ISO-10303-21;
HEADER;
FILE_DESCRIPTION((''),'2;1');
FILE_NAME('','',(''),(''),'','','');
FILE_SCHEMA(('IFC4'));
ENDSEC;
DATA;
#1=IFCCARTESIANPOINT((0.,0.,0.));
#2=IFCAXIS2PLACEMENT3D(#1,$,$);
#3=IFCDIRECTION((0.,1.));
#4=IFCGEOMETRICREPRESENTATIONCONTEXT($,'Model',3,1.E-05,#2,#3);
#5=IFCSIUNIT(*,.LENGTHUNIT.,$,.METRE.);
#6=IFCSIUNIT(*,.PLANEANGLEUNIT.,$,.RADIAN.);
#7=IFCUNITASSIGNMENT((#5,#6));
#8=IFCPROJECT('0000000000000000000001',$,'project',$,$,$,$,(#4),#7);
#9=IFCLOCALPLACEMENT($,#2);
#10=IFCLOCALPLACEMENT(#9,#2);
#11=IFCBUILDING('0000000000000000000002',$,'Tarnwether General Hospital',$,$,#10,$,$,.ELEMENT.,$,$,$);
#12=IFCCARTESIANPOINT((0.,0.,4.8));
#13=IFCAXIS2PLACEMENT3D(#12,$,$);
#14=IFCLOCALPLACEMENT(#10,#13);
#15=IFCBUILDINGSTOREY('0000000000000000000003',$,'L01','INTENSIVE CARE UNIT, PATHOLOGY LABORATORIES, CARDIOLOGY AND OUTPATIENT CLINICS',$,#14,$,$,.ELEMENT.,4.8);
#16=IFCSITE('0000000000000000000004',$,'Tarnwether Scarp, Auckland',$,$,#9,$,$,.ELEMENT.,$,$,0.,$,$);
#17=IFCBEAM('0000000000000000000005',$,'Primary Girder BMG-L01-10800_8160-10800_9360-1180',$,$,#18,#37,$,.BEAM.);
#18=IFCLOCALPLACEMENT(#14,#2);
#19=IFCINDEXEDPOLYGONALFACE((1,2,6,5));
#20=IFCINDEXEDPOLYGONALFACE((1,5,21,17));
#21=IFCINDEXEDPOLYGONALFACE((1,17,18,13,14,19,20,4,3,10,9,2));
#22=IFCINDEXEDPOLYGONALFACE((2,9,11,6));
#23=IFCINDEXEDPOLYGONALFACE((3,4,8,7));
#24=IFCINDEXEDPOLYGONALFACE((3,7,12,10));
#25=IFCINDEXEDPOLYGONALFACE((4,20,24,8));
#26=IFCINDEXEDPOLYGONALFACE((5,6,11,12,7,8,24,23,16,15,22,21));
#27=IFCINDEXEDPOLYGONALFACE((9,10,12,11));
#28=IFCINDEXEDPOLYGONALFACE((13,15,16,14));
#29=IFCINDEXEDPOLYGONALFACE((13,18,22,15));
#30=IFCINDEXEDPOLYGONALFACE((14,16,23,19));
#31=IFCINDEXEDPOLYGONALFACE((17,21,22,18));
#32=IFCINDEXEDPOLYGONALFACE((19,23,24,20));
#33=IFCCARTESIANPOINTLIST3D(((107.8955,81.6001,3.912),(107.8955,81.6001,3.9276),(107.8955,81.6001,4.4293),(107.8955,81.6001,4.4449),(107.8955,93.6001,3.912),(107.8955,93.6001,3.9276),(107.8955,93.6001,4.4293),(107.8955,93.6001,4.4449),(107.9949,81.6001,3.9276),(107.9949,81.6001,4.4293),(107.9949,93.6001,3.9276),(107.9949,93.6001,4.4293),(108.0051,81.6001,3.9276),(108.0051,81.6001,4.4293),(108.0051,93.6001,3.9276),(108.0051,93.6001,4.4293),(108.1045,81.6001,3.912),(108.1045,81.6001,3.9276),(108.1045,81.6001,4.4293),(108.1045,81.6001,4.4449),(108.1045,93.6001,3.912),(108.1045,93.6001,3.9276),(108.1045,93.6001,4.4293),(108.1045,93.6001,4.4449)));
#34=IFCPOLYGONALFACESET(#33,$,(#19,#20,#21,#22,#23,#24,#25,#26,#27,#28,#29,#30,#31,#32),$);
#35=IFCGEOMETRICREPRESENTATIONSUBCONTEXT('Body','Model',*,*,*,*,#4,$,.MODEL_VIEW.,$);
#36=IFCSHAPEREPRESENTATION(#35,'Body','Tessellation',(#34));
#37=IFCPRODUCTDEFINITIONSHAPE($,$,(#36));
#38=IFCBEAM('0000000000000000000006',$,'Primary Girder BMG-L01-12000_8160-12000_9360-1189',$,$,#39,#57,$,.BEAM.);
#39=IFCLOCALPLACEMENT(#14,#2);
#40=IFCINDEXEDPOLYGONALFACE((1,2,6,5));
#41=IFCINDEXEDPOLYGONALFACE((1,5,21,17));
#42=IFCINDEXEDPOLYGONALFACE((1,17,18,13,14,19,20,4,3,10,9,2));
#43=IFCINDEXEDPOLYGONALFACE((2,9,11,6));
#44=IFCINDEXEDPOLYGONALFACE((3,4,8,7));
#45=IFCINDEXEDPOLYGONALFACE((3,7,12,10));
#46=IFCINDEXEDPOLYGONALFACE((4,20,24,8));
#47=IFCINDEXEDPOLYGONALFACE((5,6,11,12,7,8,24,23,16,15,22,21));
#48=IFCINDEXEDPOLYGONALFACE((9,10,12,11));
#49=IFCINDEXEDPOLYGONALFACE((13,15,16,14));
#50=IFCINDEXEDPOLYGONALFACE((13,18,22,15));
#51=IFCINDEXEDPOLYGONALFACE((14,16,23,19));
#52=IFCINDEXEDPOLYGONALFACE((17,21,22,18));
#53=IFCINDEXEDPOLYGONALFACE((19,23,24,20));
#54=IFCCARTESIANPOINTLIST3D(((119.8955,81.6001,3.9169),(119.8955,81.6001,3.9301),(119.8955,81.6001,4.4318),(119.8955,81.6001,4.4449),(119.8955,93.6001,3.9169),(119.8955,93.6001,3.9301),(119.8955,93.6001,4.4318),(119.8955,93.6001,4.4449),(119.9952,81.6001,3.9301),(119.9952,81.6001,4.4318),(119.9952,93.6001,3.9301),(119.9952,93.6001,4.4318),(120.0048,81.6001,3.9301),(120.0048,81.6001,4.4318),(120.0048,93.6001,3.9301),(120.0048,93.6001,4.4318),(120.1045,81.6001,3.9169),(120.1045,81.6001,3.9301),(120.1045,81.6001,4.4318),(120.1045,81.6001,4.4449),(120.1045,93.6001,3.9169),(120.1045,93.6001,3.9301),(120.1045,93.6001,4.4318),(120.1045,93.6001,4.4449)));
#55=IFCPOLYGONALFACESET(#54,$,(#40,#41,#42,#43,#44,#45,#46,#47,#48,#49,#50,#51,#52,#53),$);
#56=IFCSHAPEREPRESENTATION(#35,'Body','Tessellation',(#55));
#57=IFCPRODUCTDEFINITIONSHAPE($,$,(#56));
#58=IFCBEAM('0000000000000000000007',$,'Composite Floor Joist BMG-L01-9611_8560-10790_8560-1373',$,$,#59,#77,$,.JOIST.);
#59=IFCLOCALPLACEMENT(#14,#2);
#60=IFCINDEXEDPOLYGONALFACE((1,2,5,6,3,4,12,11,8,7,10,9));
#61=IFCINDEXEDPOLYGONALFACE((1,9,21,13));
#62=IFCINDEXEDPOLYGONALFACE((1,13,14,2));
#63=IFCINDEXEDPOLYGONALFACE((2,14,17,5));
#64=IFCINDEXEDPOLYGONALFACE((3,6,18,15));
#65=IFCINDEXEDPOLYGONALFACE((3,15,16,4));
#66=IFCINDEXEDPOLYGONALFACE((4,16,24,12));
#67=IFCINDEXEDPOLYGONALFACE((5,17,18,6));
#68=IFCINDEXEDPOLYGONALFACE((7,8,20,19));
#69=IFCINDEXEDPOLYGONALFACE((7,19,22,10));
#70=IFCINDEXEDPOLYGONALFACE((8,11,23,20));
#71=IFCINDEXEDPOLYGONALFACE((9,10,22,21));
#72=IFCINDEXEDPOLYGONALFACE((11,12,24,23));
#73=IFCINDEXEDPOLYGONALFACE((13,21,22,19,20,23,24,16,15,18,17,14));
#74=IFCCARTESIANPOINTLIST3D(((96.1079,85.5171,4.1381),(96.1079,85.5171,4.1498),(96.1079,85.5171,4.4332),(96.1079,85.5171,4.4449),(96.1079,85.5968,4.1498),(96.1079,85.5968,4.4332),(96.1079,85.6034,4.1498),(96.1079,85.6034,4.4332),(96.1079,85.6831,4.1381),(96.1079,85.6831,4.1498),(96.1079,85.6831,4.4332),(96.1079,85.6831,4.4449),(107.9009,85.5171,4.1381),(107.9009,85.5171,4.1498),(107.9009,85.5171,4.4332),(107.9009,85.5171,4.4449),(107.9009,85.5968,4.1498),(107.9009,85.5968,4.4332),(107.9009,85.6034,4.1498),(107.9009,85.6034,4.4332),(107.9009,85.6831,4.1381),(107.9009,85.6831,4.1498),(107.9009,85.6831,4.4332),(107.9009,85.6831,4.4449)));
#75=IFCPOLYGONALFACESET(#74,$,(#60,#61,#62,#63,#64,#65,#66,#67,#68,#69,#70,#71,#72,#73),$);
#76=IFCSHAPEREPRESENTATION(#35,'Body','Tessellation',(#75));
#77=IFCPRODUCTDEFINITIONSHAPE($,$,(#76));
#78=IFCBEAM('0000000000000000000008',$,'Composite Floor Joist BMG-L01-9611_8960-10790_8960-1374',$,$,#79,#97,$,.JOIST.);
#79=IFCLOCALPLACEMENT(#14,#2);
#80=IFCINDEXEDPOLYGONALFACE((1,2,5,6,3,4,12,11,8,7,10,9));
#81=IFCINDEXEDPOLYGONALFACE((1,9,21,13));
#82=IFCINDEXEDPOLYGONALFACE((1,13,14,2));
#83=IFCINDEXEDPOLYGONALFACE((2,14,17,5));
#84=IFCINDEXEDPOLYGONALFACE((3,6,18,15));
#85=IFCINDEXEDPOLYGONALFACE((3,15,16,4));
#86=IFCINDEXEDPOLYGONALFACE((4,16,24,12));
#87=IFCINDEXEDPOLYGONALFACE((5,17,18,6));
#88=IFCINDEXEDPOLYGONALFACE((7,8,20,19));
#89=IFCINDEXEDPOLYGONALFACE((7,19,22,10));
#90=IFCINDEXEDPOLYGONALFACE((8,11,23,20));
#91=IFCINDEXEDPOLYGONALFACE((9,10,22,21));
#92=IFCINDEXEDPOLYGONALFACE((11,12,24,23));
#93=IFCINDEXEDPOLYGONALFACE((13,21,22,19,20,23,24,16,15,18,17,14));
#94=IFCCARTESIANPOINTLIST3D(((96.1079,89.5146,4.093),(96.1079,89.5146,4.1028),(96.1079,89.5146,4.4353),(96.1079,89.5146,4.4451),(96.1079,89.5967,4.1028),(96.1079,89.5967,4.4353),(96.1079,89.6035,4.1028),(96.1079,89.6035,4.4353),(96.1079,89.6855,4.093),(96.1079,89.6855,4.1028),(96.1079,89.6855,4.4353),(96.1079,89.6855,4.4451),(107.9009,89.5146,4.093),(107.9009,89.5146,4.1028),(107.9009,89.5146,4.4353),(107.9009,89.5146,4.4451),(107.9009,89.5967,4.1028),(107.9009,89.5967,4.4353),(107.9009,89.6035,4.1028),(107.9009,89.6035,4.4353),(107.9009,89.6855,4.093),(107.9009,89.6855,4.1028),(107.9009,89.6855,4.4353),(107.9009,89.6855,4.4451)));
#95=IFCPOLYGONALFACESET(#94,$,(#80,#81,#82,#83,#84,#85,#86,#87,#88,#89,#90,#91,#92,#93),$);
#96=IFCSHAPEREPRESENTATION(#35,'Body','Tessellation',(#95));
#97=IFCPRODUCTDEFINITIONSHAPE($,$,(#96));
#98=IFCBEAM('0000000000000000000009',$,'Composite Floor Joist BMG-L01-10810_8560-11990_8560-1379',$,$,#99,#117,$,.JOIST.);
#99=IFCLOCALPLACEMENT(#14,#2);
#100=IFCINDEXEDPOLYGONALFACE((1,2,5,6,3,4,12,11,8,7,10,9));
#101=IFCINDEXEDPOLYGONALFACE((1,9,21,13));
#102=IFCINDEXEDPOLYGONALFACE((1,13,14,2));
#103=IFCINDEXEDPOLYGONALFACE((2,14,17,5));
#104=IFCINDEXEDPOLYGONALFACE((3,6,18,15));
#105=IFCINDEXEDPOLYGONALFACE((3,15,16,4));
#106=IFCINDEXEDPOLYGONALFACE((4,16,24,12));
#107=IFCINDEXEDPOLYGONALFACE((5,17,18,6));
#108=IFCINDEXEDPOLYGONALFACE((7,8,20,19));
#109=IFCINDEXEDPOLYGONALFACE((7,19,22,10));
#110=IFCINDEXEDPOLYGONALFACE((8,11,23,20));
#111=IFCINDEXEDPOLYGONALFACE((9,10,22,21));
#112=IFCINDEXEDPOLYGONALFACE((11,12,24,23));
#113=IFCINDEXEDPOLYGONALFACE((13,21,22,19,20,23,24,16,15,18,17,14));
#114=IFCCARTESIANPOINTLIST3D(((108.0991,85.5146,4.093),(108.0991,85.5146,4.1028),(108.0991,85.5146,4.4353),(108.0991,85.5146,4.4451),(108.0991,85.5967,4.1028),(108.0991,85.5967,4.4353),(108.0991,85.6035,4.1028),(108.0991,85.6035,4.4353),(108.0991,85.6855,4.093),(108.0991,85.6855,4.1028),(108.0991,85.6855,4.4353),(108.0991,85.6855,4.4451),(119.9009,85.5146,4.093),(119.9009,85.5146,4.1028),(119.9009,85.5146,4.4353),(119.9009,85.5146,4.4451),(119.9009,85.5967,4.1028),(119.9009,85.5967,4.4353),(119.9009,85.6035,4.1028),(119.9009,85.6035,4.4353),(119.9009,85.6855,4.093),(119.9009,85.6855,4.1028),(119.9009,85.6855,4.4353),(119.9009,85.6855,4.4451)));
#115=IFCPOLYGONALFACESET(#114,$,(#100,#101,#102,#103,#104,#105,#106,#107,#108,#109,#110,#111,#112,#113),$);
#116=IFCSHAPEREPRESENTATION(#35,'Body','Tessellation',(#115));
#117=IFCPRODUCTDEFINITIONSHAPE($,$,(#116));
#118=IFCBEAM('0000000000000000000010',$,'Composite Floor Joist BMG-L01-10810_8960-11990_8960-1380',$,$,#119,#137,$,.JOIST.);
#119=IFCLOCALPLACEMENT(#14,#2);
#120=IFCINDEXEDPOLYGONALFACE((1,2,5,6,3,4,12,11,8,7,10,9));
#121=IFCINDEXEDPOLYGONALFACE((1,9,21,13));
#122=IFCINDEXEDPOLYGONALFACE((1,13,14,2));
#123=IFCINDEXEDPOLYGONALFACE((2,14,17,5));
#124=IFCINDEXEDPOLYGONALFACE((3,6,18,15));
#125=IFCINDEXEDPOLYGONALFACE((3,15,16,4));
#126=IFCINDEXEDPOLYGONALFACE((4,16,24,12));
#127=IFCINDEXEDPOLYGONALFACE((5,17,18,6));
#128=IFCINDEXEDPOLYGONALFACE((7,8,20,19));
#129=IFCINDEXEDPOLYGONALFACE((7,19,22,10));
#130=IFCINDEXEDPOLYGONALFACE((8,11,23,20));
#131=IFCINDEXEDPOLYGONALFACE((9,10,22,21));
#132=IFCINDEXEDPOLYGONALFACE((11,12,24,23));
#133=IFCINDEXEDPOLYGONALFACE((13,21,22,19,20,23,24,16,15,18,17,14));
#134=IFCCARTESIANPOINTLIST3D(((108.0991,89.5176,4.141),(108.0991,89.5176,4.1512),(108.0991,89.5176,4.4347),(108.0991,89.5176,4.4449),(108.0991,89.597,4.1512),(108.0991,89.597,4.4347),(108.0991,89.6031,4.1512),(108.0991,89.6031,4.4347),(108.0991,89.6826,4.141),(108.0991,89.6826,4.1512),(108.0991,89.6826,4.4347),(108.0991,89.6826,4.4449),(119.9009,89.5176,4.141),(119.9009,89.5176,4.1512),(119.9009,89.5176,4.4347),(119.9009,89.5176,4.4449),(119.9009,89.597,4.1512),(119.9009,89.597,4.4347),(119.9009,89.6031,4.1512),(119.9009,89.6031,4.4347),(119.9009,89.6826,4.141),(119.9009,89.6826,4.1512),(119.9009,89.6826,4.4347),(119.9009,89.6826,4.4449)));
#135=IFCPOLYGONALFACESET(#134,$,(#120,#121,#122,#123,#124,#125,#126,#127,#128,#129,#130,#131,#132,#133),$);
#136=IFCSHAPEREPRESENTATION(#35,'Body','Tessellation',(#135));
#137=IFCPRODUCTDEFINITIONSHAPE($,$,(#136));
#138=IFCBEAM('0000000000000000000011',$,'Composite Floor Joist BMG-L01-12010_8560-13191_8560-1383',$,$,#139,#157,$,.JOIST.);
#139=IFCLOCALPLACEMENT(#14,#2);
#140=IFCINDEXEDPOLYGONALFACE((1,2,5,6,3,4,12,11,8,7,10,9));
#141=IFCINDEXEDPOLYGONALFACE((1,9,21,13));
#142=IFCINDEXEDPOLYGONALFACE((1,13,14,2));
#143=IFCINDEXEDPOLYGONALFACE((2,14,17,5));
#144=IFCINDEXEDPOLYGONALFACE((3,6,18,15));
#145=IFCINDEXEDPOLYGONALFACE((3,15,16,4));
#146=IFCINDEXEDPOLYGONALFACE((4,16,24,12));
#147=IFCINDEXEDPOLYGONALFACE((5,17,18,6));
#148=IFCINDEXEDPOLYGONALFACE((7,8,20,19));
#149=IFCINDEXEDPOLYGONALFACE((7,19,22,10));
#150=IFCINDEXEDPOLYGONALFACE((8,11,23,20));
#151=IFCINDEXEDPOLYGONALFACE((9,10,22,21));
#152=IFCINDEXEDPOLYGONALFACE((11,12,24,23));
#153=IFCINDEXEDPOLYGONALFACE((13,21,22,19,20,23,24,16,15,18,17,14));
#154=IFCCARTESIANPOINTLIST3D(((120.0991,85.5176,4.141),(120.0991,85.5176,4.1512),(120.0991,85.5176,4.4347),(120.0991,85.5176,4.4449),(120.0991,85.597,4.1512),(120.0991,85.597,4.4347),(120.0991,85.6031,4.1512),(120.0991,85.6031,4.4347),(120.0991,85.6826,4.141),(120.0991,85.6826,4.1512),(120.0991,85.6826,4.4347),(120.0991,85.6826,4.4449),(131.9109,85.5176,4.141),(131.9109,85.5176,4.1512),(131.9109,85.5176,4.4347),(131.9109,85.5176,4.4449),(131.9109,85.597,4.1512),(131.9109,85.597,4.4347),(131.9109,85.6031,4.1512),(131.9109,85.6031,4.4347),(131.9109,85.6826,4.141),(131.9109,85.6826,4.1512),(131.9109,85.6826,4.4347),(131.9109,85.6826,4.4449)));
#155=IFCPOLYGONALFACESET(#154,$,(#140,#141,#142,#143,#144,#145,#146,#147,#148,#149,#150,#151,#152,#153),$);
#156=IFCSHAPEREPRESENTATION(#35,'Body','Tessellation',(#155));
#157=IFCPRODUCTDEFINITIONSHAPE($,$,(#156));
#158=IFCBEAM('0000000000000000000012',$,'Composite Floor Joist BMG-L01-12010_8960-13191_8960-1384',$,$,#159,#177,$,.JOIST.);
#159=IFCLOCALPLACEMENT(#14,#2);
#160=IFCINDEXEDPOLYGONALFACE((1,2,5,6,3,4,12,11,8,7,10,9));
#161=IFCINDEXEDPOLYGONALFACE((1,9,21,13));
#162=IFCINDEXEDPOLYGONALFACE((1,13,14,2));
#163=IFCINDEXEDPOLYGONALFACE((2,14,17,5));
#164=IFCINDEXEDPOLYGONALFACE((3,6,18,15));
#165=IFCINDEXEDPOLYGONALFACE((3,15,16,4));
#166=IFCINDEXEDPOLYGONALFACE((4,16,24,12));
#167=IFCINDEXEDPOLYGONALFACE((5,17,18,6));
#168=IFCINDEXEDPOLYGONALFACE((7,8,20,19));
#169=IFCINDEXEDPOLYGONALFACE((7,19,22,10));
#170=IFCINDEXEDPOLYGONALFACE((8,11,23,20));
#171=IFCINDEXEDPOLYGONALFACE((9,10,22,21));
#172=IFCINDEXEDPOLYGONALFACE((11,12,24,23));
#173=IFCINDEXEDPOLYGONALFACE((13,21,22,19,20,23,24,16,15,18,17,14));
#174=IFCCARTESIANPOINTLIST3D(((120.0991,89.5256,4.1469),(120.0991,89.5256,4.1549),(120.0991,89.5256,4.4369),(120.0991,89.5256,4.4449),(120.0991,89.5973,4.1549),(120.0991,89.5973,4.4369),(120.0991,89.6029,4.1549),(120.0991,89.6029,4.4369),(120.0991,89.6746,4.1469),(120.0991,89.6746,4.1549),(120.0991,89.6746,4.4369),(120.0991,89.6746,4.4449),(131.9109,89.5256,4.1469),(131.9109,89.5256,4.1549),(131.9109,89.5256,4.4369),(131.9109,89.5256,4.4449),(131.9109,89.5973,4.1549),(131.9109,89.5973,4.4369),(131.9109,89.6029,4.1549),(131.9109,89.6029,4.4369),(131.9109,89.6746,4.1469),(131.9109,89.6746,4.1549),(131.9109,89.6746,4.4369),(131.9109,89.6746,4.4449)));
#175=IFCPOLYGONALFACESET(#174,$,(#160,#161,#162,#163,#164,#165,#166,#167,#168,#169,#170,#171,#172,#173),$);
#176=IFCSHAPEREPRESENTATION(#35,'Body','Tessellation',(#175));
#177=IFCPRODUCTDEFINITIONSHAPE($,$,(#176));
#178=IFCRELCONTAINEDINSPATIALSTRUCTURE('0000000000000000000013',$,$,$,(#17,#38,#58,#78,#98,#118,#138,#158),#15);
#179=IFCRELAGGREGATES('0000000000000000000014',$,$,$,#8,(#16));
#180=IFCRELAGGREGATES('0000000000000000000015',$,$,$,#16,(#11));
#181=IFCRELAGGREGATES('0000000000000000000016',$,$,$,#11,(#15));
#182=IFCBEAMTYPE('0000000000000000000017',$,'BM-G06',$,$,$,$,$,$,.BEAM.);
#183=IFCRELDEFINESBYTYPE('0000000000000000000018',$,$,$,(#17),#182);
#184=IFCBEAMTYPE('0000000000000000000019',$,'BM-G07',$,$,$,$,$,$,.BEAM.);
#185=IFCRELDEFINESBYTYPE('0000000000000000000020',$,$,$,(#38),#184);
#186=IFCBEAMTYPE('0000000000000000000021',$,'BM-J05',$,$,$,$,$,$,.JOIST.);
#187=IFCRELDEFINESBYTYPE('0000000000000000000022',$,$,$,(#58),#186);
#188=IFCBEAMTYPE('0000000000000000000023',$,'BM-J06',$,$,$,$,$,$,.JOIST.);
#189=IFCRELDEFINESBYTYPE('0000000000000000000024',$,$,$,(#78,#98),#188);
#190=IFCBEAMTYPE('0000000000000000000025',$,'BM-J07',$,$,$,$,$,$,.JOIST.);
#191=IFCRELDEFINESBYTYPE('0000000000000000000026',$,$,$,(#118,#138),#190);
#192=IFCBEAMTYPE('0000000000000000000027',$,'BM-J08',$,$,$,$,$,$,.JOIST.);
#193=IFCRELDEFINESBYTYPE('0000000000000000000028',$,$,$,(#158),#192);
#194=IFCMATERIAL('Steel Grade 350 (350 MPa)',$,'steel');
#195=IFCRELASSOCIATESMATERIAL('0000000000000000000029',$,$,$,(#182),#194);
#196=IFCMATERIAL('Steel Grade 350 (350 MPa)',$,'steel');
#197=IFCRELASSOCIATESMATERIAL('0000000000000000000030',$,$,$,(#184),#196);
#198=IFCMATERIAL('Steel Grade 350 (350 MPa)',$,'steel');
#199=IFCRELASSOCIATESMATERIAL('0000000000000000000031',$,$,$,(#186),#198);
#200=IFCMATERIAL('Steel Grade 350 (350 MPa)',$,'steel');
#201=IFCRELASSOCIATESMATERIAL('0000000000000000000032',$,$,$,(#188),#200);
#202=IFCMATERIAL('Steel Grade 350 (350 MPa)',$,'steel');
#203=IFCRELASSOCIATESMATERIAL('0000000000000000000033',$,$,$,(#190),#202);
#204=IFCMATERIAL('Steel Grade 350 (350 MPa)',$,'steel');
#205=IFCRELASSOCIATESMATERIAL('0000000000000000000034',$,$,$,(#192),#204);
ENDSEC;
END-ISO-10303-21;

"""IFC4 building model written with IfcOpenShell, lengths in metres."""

from ifc_helpers import new_model, si_unit, direction, frame, origin, origin_2d, place, context, subcontext, project, spatial, i_section, extrude, material, material_profile, profile_set, type_object, element, save


model = new_model("IFC4")

# Units and contexts
model_context = context("Model", 3, precision=1e-05, world=origin(), true_north=direction((0.0, 1.0)))
body_context = subcontext(model_context, "Body", "Model", "MODEL_VIEW")
ifc_project = project(units=[si_unit("LENGTHUNIT", "METRE"), si_unit("PLANEANGLEUNIT", "RADIAN")], contexts=[model_context])

# Site, building, storey
site_placement = place(None, origin())
site = spatial("IfcSite", under=ifc_project, at=site_placement, Name="Tarnwether Scarp, Auckland", CompositionType="ELEMENT", RefElevation=0.0)
building_placement = place(site_placement, origin())
building = spatial("IfcBuilding", under=site, at=building_placement, Name="Tarnwether General Hospital", CompositionType="ELEMENT")
storey_placement = place(building_placement, frame((0.0, 0.0, 4.8)))
storey = spatial("IfcBuildingStorey", under=building, at=storey_placement, Name="L01", Description="INTENSIVE CARE UNIT, PATHOLOGY LABORATORIES, CARDIOLOGY AND OUTPATIENT CLINICS", CompositionType="ELEMENT", Elevation=4.8)

# Beams
ifc_material_1 = material(Name="Steel Grade 350 (350 MPa)", Category="steel")
ifc_material_profile_1 = material_profile(ifc_material_1, i_section(OverallWidth=0.209, OverallDepth=0.533, WebThickness=0.0103, FlangeThickness=0.0156, at=origin_2d()), Name="530UB92.4")
ifc_profile_set_1 = profile_set([ifc_material_profile_1], Name="Steel Grade 350 (350 MPa)")
beam_type_1 = type_object("IfcBeamType", Name="BM-G06", PredefinedType="BEAM", material=ifc_profile_set_1)
beam_1_placement = place(storey_placement, frame((108.0, 81.6001, 4.1785), z_axis=(0.0, 1.0, 0.0), x_axis=(-1.0, 0.0, 0.0)))
element("IfcBeam", 1, at=beam_1_placement, inside=storey, type_object=beam_type_1, Name="Primary Girder BMG-L01-10800_8160-10800_9360-1180", PredefinedType="BEAM", context=body_context, shape_type="SweptSolid", body=[
    extrude(i_section(OverallWidth=0.209, OverallDepth=0.533, WebThickness=0.0103, FlangeThickness=0.0156, at=origin_2d()), origin(), (0.0, 0.0, 1.0), 12.0),
])
ifc_material_2 = material(Name="Steel Grade 350 (350 MPa)", Category="steel")
ifc_material_profile_2 = material_profile(ifc_material_2, i_section(OverallWidth=0.209, OverallDepth=0.5281, WebThickness=0.0095, FlangeThickness=0.0132, at=origin_2d()), Name="530UB82.0")
ifc_profile_set_2 = profile_set([ifc_material_profile_2], Name="Steel Grade 350 (350 MPa)")
beam_type_2 = type_object("IfcBeamType", Name="BM-G07", PredefinedType="BEAM", material=ifc_profile_set_2)
beam_2_placement = place(storey_placement, frame((120.0, 81.6001, 4.1809), z_axis=(0.0, 1.0, 0.0), x_axis=(-1.0, 0.0, 0.0)))
element("IfcBeam", 2, at=beam_2_placement, inside=storey, type_object=beam_type_2, Name="Primary Girder BMG-L01-12000_8160-12000_9360-1189", PredefinedType="BEAM", context=body_context, shape_type="SweptSolid", body=[
    extrude(i_section(OverallWidth=0.209, OverallDepth=0.5281, WebThickness=0.0095, FlangeThickness=0.0132, at=origin_2d()), origin(), (0.0, 0.0, 1.0), 12.0),
])
ifc_material_3 = material(Name="Steel Grade 350 (350 MPa)", Category="steel")
ifc_material_profile_3 = material_profile(ifc_material_3, i_section(OverallWidth=0.166, OverallDepth=0.3069, WebThickness=0.0066, FlangeThickness=0.0117, at=origin_2d()), Name="310UB46.2")
ifc_profile_set_3 = profile_set([ifc_material_profile_3], Name="Steel Grade 350 (350 MPa)")
beam_type_3 = type_object("IfcBeamType", Name="BM-J05", PredefinedType="JOIST", material=ifc_profile_set_3)
beam_3_placement = place(storey_placement, frame((96.1079, 85.6001, 4.2915), z_axis=(1.0, 0.0, 0.0), x_axis=(0.0, 1.0, 0.0)))
element("IfcBeam", 3, at=beam_3_placement, inside=storey, type_object=beam_type_3, Name="Composite Floor Joist BMG-L01-9611_8560-10790_8560-1373", PredefinedType="JOIST", context=body_context, shape_type="SweptSolid", body=[
    extrude(i_section(OverallWidth=0.166, OverallDepth=0.3069, WebThickness=0.0066, FlangeThickness=0.0117, at=origin_2d()), origin(), (0.0, 0.0, 1.0), 11.793),
])
ifc_material_4 = material(Name="Steel Grade 350 (350 MPa)", Category="steel")
ifc_material_profile_4 = material_profile(ifc_material_4, i_section(OverallWidth=0.1709, OverallDepth=0.3521, WebThickness=0.0068, FlangeThickness=0.0098, at=origin_2d()), Name="360UB44.7")
ifc_profile_set_4 = profile_set([ifc_material_profile_4], Name="Steel Grade 350 (350 MPa)")
beam_type_4 = type_object("IfcBeamType", Name="BM-J06", PredefinedType="JOIST", material=ifc_profile_set_4)
beam_4_placement = place(storey_placement, frame((96.1079, 89.6001, 4.269), z_axis=(1.0, 0.0, 0.0), x_axis=(0.0, 1.0, 0.0)))
element("IfcBeam", 4, at=beam_4_placement, inside=storey, type_object=beam_type_4, Name="Composite Floor Joist BMG-L01-9611_8960-10790_8960-1374", PredefinedType="JOIST", context=body_context, shape_type="SweptSolid", body=[
    extrude(i_section(OverallWidth=0.1709, OverallDepth=0.3521, WebThickness=0.0068, FlangeThickness=0.0098, at=origin_2d()), origin(), (0.0, 0.0, 1.0), 11.793),
])
beam_5_placement = place(storey_placement, frame((108.0991, 85.6001, 4.269), z_axis=(1.0, 0.0, 0.0), x_axis=(0.0, 1.0, 0.0)))
element("IfcBeam", 5, at=beam_5_placement, inside=storey, type_object=beam_type_4, Name="Composite Floor Joist BMG-L01-10810_8560-11990_8560-1379", PredefinedType="JOIST", context=body_context, shape_type="SweptSolid", body=[
    extrude(i_section(OverallWidth=0.1709, OverallDepth=0.3521, WebThickness=0.0068, FlangeThickness=0.0098, at=origin_2d()), origin(), (0.0, 0.0, 1.0), 11.8018),
])
ifc_material_5 = material(Name="Steel Grade 350 (350 MPa)", Category="steel")
ifc_material_profile_5 = material_profile(ifc_material_5, i_section(OverallWidth=0.165, OverallDepth=0.304, WebThickness=0.0061, FlangeThickness=0.0103, at=origin_2d()), Name="310UB40.4")
ifc_profile_set_5 = profile_set([ifc_material_profile_5], Name="Steel Grade 350 (350 MPa)")
beam_type_5 = type_object("IfcBeamType", Name="BM-J07", PredefinedType="JOIST", material=ifc_profile_set_5)
beam_6_placement = place(storey_placement, frame((108.0991, 89.6001, 4.293), z_axis=(1.0, 0.0, 0.0), x_axis=(0.0, 1.0, 0.0)))
element("IfcBeam", 6, at=beam_6_placement, inside=storey, type_object=beam_type_5, Name="Composite Floor Joist BMG-L01-10810_8960-11990_8960-1380", PredefinedType="JOIST", context=body_context, shape_type="SweptSolid", body=[
    extrude(i_section(OverallWidth=0.165, OverallDepth=0.304, WebThickness=0.0061, FlangeThickness=0.0103, at=origin_2d()), origin(), (0.0, 0.0, 1.0), 11.8018),
])
beam_7_placement = place(storey_placement, frame((120.0991, 85.6001, 4.293), z_axis=(1.0, 0.0, 0.0), x_axis=(0.0, 1.0, 0.0)))
element("IfcBeam", 7, at=beam_7_placement, inside=storey, type_object=beam_type_5, Name="Composite Floor Joist BMG-L01-12010_8560-13191_8560-1383", PredefinedType="JOIST", context=body_context, shape_type="SweptSolid", body=[
    extrude(i_section(OverallWidth=0.165, OverallDepth=0.304, WebThickness=0.0061, FlangeThickness=0.0103, at=origin_2d()), origin(), (0.0, 0.0, 1.0), 11.8118),
])
ifc_material_6 = material(Name="Steel Grade 350 (350 MPa)", Category="steel")
ifc_material_profile_6 = material_profile(ifc_material_6, i_section(OverallWidth=0.1489, OverallDepth=0.2981, WebThickness=0.0056, FlangeThickness=0.0081, at=origin_2d()), Name="310UB32.0")
ifc_profile_set_6 = profile_set([ifc_material_profile_6], Name="Steel Grade 350 (350 MPa)")
beam_type_6 = type_object("IfcBeamType", Name="BM-J08", PredefinedType="JOIST", material=ifc_profile_set_6)
beam_8_placement = place(storey_placement, frame((120.0991, 89.6001, 4.2959), z_axis=(1.0, 0.0, 0.0), x_axis=(0.0, 1.0, 0.0)))
element("IfcBeam", 8, at=beam_8_placement, inside=storey, type_object=beam_type_6, Name="Composite Floor Joist BMG-L01-12010_8960-13191_8960-1384", PredefinedType="JOIST", context=body_context, shape_type="SweptSolid", body=[
    extrude(i_section(OverallWidth=0.1489, OverallDepth=0.2981, WebThickness=0.0056, FlangeThickness=0.0081, at=origin_2d()), origin(), (0.0, 0.0, 1.0), 11.8118),
])

save(model, "model.ifc")
